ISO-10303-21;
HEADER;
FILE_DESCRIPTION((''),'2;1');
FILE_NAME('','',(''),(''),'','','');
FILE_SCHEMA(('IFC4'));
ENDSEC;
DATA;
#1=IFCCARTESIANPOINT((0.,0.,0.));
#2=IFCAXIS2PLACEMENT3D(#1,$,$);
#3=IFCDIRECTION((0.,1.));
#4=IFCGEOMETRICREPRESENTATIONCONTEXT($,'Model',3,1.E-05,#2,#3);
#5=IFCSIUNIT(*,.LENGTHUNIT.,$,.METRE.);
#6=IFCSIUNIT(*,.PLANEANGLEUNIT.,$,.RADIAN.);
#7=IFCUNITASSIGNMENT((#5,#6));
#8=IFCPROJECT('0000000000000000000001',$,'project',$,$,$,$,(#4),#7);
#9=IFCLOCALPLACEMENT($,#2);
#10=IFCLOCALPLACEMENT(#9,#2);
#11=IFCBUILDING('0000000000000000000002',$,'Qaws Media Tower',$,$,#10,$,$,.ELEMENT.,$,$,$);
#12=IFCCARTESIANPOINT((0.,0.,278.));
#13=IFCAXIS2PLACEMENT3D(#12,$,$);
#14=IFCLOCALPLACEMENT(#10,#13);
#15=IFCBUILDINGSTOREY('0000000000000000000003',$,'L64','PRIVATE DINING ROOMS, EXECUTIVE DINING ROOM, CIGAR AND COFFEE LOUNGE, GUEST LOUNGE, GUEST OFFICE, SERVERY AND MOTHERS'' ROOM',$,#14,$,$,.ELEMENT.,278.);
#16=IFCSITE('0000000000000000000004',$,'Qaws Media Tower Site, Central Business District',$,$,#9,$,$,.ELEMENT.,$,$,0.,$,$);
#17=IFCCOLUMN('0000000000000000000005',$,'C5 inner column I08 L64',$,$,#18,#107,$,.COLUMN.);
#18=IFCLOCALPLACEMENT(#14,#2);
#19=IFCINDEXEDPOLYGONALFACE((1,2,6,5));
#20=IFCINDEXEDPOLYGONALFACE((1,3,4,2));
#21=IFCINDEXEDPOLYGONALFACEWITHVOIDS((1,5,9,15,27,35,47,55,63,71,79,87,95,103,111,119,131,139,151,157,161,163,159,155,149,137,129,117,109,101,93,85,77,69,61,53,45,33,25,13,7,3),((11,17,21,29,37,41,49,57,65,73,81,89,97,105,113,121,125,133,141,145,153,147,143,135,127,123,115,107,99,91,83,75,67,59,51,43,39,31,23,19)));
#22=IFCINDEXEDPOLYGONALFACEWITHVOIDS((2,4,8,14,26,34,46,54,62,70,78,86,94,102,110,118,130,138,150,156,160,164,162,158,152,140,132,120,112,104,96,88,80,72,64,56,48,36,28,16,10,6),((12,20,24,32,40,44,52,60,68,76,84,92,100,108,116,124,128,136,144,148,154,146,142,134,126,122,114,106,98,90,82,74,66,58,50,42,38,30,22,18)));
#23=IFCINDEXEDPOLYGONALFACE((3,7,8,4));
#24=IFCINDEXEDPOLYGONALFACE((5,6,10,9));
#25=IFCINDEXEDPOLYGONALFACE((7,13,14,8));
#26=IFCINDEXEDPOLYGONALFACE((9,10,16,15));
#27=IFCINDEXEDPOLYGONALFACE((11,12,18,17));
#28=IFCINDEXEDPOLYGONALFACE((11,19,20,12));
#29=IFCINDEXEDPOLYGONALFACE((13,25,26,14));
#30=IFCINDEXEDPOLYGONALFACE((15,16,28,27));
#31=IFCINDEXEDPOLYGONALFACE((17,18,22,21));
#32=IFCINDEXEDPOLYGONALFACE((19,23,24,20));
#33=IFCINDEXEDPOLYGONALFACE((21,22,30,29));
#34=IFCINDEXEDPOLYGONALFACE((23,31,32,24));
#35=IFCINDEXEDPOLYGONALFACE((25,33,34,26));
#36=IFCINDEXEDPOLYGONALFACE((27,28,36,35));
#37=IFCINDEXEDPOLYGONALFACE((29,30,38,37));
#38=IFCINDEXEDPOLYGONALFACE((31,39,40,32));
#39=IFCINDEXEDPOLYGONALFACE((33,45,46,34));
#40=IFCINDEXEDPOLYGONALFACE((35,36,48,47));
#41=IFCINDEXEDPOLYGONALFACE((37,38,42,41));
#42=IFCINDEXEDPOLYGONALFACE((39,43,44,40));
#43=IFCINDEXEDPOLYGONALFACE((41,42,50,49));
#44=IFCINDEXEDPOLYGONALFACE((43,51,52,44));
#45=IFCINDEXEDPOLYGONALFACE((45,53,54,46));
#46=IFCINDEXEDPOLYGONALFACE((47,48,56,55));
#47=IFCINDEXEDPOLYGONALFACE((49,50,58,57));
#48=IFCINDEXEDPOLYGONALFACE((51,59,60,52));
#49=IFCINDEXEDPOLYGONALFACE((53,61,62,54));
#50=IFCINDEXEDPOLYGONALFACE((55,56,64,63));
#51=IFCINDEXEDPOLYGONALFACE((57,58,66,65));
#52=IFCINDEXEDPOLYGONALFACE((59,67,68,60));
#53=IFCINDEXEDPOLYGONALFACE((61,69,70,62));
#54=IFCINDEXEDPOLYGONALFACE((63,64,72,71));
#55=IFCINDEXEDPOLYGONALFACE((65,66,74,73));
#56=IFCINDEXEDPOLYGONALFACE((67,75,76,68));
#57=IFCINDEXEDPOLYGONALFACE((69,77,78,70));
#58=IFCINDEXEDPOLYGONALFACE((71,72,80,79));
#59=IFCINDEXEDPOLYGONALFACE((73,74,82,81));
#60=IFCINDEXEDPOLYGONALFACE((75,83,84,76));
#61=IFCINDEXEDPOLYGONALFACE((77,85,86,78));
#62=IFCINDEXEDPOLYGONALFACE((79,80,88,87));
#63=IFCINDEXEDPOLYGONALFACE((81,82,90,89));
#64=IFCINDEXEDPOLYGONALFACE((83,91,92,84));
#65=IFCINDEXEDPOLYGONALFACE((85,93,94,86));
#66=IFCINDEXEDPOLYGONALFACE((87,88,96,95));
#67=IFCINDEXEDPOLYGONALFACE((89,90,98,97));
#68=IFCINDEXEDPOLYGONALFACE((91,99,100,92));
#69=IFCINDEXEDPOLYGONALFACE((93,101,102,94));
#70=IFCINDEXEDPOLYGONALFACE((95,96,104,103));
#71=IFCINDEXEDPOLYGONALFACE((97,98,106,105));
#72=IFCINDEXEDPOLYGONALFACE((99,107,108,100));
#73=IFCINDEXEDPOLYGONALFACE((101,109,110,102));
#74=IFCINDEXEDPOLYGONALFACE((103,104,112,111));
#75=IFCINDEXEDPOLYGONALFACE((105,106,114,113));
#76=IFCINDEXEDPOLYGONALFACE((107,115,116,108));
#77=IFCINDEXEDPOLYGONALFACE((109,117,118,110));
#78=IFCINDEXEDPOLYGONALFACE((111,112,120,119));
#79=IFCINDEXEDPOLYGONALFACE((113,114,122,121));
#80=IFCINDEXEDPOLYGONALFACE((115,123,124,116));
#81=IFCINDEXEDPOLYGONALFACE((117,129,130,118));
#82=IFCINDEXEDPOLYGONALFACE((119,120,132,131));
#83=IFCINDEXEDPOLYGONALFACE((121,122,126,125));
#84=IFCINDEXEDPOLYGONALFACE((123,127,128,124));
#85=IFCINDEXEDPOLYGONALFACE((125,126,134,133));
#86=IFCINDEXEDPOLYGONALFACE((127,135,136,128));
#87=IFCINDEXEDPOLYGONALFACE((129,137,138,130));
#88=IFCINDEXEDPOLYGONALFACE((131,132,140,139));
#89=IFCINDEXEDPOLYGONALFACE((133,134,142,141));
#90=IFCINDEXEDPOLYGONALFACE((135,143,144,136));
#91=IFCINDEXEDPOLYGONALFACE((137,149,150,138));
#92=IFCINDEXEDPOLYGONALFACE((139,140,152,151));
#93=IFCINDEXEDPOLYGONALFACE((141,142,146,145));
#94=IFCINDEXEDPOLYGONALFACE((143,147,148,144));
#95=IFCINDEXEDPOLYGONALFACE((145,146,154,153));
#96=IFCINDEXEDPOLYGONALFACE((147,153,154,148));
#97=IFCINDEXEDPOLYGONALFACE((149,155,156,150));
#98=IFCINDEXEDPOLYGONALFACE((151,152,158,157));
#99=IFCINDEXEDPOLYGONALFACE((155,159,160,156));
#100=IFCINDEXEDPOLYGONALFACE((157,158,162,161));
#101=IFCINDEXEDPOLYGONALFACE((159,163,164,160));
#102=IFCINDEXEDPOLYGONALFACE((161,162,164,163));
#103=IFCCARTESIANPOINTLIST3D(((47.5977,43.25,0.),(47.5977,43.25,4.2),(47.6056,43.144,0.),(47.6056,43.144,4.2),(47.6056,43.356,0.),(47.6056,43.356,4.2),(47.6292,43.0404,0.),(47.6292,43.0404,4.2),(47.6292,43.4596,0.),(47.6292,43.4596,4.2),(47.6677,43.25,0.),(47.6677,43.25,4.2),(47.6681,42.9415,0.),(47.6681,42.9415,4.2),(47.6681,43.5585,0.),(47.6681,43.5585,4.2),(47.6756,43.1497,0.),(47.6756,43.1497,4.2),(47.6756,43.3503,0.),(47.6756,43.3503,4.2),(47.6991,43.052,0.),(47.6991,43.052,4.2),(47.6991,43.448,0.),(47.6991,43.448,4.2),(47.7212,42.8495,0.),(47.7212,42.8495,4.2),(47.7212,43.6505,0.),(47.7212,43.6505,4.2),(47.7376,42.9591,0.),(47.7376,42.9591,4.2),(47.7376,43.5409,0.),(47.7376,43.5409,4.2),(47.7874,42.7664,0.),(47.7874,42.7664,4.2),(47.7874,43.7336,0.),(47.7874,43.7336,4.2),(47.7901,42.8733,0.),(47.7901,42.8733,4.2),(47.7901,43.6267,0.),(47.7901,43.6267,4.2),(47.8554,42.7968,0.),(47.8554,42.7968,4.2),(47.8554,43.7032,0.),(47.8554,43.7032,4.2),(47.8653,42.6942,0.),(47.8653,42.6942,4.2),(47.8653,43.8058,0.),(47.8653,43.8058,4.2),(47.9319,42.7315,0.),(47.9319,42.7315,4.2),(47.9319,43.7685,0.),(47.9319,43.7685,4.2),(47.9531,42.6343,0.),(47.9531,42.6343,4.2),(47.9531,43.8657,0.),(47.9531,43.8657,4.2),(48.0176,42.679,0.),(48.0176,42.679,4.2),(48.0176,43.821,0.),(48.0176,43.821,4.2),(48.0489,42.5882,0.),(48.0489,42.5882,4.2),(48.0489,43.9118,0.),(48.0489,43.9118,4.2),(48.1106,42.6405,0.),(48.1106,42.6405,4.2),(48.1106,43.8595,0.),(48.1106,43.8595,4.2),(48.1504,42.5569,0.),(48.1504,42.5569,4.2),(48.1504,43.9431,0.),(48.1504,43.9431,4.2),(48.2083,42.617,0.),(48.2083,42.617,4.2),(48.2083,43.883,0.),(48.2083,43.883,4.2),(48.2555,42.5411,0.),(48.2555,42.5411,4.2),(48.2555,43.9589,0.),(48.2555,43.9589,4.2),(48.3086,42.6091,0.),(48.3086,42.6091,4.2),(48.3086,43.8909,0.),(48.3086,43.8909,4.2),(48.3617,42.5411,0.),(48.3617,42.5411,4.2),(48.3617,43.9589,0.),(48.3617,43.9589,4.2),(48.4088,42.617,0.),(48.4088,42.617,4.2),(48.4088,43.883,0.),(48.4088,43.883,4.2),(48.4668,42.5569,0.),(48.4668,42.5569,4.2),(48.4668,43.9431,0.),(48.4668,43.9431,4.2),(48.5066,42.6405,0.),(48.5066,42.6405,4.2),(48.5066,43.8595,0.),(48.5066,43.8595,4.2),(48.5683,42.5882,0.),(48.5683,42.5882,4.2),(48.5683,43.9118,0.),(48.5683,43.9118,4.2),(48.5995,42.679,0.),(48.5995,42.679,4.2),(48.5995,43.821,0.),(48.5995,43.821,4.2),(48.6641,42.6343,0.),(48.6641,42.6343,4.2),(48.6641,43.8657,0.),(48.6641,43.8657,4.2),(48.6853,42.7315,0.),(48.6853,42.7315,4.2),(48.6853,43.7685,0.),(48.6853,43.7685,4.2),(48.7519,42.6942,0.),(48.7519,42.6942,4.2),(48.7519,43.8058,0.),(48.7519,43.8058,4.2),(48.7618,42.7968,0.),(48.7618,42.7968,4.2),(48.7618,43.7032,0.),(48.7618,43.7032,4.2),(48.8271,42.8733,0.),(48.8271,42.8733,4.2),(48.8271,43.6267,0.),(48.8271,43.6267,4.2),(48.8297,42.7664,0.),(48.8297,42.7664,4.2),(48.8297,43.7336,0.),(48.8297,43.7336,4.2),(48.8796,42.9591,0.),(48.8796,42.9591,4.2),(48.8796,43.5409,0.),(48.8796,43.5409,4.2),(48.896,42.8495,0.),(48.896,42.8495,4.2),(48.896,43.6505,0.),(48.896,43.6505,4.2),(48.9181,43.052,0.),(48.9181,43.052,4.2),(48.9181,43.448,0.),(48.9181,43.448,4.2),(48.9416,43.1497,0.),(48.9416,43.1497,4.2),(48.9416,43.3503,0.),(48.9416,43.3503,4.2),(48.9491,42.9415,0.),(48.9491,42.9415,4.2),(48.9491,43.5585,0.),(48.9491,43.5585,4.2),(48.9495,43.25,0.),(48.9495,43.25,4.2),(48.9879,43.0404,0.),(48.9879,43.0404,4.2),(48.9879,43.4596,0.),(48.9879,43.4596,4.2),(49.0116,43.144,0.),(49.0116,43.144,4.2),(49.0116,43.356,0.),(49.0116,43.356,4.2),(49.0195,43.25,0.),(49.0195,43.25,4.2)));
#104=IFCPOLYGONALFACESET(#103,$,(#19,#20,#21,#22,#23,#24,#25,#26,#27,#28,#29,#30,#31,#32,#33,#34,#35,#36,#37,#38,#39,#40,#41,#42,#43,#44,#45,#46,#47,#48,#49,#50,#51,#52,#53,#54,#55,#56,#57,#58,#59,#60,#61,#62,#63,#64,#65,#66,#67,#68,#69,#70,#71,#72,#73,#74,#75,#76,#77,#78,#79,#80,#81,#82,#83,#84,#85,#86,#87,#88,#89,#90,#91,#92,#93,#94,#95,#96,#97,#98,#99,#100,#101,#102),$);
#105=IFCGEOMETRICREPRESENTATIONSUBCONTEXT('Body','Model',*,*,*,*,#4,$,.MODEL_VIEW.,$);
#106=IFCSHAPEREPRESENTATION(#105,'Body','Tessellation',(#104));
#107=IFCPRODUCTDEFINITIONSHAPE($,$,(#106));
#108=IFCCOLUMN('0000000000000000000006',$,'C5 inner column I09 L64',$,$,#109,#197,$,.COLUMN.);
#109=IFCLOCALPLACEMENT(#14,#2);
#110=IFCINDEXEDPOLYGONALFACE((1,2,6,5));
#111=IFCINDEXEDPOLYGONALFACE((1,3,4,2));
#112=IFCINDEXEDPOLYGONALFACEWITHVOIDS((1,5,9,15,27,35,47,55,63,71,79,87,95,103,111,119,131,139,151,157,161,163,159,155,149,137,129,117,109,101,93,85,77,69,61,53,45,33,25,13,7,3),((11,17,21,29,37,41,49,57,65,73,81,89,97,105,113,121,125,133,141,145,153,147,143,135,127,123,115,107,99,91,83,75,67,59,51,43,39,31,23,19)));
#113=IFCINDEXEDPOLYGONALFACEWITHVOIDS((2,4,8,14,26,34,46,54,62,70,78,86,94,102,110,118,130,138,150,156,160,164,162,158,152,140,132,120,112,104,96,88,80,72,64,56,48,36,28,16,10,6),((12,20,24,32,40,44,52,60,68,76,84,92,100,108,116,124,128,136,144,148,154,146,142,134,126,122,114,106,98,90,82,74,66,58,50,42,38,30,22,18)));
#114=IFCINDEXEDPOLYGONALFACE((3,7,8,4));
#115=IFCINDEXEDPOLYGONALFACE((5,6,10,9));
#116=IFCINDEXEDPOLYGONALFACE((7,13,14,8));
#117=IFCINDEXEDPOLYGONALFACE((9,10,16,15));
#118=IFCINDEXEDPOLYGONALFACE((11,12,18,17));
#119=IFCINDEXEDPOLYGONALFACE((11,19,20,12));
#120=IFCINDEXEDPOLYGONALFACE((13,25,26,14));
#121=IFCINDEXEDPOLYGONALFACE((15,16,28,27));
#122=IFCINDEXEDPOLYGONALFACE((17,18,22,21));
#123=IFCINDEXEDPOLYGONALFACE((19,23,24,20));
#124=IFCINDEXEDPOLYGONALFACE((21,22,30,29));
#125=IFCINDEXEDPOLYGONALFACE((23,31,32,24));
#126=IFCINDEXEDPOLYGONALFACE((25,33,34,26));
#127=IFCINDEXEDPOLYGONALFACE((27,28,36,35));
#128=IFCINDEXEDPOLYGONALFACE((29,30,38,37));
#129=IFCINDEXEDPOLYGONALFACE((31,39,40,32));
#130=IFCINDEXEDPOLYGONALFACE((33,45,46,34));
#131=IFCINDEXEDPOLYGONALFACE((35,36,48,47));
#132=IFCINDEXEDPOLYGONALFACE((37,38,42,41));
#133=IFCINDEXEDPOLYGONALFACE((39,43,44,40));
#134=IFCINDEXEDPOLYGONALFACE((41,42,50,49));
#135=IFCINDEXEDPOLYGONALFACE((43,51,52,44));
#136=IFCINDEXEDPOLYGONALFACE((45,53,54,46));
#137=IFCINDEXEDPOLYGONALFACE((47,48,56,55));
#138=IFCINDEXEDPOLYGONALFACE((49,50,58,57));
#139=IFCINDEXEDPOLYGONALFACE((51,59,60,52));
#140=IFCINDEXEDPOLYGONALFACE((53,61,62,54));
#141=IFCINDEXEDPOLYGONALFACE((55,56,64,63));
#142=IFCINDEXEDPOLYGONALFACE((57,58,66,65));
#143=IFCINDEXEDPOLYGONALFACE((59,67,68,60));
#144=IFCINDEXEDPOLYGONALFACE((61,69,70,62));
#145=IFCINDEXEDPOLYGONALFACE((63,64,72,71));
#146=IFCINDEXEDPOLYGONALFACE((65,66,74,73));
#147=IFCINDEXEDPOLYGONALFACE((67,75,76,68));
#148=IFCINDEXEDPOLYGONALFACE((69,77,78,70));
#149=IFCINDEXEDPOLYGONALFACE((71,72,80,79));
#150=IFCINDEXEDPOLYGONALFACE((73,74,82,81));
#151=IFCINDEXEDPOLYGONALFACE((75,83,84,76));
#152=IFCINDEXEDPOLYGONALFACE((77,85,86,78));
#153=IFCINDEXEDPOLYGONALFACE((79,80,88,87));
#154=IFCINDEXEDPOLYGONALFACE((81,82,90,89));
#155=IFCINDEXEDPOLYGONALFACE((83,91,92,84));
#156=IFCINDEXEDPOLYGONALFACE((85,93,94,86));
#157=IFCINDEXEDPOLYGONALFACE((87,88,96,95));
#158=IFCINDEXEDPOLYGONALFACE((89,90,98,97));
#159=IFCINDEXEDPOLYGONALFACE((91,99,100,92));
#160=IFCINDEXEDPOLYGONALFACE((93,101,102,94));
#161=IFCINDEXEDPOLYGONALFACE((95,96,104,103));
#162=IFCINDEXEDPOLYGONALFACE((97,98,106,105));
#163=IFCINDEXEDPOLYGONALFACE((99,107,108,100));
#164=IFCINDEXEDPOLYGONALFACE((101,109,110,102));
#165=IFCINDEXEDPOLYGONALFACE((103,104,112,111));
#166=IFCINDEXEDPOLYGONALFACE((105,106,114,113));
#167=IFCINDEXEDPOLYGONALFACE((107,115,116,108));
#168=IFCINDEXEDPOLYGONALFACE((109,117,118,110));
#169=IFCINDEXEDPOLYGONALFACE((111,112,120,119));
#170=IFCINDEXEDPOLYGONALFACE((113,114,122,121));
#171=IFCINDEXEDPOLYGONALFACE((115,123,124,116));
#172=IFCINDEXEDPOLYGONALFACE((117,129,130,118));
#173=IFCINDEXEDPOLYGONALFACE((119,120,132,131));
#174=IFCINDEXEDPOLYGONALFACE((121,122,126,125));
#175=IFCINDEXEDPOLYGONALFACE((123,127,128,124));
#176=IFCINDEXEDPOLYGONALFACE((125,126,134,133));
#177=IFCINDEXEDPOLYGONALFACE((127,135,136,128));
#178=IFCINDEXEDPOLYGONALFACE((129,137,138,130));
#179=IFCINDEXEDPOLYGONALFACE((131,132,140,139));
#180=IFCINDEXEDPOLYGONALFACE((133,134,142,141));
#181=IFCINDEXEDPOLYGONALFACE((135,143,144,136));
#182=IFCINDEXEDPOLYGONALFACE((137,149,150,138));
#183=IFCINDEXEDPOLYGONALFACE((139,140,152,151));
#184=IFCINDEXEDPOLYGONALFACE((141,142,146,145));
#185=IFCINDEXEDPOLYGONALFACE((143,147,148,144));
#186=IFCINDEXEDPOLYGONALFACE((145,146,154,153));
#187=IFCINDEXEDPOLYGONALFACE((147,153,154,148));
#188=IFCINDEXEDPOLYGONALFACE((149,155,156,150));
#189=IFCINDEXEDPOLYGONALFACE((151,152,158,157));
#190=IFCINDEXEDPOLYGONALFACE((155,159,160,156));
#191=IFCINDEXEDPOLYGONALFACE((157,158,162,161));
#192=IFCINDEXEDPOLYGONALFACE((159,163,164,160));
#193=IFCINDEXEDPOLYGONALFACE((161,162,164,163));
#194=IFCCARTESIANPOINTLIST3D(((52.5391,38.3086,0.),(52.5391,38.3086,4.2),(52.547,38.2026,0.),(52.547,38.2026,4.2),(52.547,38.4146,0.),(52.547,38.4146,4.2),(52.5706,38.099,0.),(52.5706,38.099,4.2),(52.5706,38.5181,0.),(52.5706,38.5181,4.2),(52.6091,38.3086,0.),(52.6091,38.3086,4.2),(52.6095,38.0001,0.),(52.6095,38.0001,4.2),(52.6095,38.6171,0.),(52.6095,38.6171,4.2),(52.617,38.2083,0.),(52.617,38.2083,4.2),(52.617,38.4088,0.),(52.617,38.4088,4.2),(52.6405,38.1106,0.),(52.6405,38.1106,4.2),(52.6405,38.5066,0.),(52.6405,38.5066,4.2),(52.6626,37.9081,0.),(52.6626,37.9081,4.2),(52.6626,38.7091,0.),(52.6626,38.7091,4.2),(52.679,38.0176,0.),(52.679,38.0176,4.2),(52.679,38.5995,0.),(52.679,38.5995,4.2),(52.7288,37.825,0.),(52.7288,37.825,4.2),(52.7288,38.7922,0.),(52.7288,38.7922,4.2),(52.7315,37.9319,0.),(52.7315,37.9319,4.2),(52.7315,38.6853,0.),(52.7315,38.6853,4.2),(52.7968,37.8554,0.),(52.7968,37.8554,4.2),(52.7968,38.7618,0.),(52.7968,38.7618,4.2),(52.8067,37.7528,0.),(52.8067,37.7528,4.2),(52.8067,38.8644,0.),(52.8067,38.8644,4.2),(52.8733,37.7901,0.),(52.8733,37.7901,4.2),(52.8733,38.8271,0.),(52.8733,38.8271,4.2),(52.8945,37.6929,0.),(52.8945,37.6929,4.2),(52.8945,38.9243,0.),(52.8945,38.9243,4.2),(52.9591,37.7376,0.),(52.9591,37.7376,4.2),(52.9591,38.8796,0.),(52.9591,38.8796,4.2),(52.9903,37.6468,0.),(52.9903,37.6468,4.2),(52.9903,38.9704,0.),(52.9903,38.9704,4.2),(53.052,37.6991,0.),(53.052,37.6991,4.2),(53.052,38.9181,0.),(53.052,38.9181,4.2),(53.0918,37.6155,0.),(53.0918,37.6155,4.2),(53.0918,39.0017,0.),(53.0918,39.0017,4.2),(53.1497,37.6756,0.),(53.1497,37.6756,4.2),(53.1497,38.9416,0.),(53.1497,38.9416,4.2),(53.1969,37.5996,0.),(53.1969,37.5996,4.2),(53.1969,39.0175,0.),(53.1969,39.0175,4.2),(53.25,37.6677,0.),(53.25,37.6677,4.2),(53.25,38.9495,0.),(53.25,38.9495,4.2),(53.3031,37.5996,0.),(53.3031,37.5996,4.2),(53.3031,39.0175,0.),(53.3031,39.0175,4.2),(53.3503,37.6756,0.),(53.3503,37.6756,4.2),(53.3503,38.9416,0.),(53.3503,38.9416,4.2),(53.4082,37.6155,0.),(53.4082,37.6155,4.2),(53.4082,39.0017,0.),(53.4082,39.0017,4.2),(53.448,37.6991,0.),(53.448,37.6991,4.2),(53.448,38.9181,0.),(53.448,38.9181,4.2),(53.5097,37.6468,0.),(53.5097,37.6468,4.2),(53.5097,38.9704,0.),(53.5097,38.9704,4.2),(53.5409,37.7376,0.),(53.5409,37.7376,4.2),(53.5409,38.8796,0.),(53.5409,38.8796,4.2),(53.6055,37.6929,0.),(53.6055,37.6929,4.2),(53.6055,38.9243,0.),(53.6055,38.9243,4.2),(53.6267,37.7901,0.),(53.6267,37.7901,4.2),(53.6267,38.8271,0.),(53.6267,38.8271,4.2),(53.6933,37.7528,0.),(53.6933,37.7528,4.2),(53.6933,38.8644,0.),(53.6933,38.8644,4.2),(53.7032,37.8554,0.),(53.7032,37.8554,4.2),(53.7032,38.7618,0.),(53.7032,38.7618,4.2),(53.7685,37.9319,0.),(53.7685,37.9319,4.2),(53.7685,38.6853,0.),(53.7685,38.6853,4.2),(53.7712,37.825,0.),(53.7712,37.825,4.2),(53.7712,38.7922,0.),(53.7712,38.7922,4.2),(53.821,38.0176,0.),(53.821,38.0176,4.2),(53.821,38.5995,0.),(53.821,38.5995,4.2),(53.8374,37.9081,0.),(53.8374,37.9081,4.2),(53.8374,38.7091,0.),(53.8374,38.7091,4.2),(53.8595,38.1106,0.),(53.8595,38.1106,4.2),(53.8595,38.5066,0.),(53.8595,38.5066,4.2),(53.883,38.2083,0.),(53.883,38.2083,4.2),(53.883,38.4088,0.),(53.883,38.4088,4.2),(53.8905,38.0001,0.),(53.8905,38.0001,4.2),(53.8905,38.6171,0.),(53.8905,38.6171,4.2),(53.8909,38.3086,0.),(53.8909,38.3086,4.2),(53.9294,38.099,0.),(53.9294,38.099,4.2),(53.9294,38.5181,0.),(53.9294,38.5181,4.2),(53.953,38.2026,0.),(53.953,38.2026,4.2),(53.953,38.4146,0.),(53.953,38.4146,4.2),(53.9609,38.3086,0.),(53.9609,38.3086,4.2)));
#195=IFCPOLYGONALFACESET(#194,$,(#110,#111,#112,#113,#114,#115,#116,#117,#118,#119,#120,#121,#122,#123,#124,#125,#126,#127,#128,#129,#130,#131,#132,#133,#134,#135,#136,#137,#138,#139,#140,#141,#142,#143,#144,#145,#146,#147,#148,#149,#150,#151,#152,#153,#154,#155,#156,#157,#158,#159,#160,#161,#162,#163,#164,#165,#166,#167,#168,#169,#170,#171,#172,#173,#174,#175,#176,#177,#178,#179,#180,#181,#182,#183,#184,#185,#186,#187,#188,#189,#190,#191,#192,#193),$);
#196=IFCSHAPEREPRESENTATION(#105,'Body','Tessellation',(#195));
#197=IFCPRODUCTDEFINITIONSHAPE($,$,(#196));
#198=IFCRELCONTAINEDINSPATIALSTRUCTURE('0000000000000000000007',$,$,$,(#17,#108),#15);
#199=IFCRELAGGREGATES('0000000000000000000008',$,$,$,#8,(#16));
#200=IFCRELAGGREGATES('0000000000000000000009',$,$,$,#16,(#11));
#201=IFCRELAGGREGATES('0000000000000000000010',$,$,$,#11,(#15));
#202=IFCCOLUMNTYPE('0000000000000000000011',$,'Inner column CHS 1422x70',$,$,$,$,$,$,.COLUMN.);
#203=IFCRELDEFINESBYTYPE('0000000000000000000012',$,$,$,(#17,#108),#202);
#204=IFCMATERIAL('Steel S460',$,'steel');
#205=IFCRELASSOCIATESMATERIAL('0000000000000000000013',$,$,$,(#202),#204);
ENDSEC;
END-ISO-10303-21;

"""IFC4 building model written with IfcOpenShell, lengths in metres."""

from ifc_helpers import new_model, si_unit, direction, frame, origin, origin_2d, place, context, subcontext, project, spatial, hollow_circle, extrude, material, material_profile, profile_set, type_object, element, save


model = new_model("IFC4")

# Units and contexts
model_context = context("Model", 3, precision=1e-05, world=origin(), true_north=direction((0.0, 1.0)))
body_context = subcontext(model_context, "Body", "Model", "MODEL_VIEW")
ifc_project = project(units=[si_unit("LENGTHUNIT", "METRE"), si_unit("PLANEANGLEUNIT", "RADIAN")], contexts=[model_context])

# Site, building, storey
site_placement = place(None, origin())
site = spatial("IfcSite", under=ifc_project, at=site_placement, Name="Qaws Media Tower Site, Central Business District", CompositionType="ELEMENT", RefElevation=0.0)
building_placement = place(site_placement, origin())
building = spatial("IfcBuilding", under=site, at=building_placement, Name="Qaws Media Tower", CompositionType="ELEMENT")
storey_placement = place(building_placement, frame((0.0, 0.0, 278.0)))
storey = spatial("IfcBuildingStorey", under=building, at=storey_placement, Name="L64", Description="PRIVATE DINING ROOMS, EXECUTIVE DINING ROOM, CIGAR AND COFFEE LOUNGE, GUEST LOUNGE, GUEST OFFICE, SERVERY AND MOTHERS' ROOM", CompositionType="ELEMENT", Elevation=278.0)

# Columns
ifc_material_1 = material(Name="Steel S460", Category="steel")
ifc_material_profile_1 = material_profile(ifc_material_1, hollow_circle(Radius=0.7109, WallThickness=0.0701, at=origin_2d()), Name="CHS 1422x70")
ifc_profile_set_1 = profile_set([ifc_material_profile_1], Name="Steel S460")
column_type = type_object("IfcColumnType", Name="Inner column CHS 1422x70", PredefinedType="COLUMN", material=ifc_profile_set_1)
for number, where, z_axis, x_axis, name in (
    (1, (48.3086, 43.25, 0.0), (0.0, 0.0, 1.0), (1.0, 0.0, 0.0), "C5 inner column I08 L64"),
    (2, (53.25, 38.3086, 0.0), (0.0, 0.0, 1.0), (1.0, 0.0, 0.0), "C5 inner column I09 L64"),
):
    element("IfcColumn", number, at=place(storey_placement, frame(where, z_axis=z_axis, x_axis=x_axis)), inside=storey, type_object=column_type, Name=name, PredefinedType="COLUMN", context=body_context, shape_type="SweptSolid", body=[
        extrude(hollow_circle(Radius=0.7109, WallThickness=0.0701, at=origin_2d()), origin(), (0.0, 0.0, 1.0), 4.2),
    ])

save(model, "model.ifc")
